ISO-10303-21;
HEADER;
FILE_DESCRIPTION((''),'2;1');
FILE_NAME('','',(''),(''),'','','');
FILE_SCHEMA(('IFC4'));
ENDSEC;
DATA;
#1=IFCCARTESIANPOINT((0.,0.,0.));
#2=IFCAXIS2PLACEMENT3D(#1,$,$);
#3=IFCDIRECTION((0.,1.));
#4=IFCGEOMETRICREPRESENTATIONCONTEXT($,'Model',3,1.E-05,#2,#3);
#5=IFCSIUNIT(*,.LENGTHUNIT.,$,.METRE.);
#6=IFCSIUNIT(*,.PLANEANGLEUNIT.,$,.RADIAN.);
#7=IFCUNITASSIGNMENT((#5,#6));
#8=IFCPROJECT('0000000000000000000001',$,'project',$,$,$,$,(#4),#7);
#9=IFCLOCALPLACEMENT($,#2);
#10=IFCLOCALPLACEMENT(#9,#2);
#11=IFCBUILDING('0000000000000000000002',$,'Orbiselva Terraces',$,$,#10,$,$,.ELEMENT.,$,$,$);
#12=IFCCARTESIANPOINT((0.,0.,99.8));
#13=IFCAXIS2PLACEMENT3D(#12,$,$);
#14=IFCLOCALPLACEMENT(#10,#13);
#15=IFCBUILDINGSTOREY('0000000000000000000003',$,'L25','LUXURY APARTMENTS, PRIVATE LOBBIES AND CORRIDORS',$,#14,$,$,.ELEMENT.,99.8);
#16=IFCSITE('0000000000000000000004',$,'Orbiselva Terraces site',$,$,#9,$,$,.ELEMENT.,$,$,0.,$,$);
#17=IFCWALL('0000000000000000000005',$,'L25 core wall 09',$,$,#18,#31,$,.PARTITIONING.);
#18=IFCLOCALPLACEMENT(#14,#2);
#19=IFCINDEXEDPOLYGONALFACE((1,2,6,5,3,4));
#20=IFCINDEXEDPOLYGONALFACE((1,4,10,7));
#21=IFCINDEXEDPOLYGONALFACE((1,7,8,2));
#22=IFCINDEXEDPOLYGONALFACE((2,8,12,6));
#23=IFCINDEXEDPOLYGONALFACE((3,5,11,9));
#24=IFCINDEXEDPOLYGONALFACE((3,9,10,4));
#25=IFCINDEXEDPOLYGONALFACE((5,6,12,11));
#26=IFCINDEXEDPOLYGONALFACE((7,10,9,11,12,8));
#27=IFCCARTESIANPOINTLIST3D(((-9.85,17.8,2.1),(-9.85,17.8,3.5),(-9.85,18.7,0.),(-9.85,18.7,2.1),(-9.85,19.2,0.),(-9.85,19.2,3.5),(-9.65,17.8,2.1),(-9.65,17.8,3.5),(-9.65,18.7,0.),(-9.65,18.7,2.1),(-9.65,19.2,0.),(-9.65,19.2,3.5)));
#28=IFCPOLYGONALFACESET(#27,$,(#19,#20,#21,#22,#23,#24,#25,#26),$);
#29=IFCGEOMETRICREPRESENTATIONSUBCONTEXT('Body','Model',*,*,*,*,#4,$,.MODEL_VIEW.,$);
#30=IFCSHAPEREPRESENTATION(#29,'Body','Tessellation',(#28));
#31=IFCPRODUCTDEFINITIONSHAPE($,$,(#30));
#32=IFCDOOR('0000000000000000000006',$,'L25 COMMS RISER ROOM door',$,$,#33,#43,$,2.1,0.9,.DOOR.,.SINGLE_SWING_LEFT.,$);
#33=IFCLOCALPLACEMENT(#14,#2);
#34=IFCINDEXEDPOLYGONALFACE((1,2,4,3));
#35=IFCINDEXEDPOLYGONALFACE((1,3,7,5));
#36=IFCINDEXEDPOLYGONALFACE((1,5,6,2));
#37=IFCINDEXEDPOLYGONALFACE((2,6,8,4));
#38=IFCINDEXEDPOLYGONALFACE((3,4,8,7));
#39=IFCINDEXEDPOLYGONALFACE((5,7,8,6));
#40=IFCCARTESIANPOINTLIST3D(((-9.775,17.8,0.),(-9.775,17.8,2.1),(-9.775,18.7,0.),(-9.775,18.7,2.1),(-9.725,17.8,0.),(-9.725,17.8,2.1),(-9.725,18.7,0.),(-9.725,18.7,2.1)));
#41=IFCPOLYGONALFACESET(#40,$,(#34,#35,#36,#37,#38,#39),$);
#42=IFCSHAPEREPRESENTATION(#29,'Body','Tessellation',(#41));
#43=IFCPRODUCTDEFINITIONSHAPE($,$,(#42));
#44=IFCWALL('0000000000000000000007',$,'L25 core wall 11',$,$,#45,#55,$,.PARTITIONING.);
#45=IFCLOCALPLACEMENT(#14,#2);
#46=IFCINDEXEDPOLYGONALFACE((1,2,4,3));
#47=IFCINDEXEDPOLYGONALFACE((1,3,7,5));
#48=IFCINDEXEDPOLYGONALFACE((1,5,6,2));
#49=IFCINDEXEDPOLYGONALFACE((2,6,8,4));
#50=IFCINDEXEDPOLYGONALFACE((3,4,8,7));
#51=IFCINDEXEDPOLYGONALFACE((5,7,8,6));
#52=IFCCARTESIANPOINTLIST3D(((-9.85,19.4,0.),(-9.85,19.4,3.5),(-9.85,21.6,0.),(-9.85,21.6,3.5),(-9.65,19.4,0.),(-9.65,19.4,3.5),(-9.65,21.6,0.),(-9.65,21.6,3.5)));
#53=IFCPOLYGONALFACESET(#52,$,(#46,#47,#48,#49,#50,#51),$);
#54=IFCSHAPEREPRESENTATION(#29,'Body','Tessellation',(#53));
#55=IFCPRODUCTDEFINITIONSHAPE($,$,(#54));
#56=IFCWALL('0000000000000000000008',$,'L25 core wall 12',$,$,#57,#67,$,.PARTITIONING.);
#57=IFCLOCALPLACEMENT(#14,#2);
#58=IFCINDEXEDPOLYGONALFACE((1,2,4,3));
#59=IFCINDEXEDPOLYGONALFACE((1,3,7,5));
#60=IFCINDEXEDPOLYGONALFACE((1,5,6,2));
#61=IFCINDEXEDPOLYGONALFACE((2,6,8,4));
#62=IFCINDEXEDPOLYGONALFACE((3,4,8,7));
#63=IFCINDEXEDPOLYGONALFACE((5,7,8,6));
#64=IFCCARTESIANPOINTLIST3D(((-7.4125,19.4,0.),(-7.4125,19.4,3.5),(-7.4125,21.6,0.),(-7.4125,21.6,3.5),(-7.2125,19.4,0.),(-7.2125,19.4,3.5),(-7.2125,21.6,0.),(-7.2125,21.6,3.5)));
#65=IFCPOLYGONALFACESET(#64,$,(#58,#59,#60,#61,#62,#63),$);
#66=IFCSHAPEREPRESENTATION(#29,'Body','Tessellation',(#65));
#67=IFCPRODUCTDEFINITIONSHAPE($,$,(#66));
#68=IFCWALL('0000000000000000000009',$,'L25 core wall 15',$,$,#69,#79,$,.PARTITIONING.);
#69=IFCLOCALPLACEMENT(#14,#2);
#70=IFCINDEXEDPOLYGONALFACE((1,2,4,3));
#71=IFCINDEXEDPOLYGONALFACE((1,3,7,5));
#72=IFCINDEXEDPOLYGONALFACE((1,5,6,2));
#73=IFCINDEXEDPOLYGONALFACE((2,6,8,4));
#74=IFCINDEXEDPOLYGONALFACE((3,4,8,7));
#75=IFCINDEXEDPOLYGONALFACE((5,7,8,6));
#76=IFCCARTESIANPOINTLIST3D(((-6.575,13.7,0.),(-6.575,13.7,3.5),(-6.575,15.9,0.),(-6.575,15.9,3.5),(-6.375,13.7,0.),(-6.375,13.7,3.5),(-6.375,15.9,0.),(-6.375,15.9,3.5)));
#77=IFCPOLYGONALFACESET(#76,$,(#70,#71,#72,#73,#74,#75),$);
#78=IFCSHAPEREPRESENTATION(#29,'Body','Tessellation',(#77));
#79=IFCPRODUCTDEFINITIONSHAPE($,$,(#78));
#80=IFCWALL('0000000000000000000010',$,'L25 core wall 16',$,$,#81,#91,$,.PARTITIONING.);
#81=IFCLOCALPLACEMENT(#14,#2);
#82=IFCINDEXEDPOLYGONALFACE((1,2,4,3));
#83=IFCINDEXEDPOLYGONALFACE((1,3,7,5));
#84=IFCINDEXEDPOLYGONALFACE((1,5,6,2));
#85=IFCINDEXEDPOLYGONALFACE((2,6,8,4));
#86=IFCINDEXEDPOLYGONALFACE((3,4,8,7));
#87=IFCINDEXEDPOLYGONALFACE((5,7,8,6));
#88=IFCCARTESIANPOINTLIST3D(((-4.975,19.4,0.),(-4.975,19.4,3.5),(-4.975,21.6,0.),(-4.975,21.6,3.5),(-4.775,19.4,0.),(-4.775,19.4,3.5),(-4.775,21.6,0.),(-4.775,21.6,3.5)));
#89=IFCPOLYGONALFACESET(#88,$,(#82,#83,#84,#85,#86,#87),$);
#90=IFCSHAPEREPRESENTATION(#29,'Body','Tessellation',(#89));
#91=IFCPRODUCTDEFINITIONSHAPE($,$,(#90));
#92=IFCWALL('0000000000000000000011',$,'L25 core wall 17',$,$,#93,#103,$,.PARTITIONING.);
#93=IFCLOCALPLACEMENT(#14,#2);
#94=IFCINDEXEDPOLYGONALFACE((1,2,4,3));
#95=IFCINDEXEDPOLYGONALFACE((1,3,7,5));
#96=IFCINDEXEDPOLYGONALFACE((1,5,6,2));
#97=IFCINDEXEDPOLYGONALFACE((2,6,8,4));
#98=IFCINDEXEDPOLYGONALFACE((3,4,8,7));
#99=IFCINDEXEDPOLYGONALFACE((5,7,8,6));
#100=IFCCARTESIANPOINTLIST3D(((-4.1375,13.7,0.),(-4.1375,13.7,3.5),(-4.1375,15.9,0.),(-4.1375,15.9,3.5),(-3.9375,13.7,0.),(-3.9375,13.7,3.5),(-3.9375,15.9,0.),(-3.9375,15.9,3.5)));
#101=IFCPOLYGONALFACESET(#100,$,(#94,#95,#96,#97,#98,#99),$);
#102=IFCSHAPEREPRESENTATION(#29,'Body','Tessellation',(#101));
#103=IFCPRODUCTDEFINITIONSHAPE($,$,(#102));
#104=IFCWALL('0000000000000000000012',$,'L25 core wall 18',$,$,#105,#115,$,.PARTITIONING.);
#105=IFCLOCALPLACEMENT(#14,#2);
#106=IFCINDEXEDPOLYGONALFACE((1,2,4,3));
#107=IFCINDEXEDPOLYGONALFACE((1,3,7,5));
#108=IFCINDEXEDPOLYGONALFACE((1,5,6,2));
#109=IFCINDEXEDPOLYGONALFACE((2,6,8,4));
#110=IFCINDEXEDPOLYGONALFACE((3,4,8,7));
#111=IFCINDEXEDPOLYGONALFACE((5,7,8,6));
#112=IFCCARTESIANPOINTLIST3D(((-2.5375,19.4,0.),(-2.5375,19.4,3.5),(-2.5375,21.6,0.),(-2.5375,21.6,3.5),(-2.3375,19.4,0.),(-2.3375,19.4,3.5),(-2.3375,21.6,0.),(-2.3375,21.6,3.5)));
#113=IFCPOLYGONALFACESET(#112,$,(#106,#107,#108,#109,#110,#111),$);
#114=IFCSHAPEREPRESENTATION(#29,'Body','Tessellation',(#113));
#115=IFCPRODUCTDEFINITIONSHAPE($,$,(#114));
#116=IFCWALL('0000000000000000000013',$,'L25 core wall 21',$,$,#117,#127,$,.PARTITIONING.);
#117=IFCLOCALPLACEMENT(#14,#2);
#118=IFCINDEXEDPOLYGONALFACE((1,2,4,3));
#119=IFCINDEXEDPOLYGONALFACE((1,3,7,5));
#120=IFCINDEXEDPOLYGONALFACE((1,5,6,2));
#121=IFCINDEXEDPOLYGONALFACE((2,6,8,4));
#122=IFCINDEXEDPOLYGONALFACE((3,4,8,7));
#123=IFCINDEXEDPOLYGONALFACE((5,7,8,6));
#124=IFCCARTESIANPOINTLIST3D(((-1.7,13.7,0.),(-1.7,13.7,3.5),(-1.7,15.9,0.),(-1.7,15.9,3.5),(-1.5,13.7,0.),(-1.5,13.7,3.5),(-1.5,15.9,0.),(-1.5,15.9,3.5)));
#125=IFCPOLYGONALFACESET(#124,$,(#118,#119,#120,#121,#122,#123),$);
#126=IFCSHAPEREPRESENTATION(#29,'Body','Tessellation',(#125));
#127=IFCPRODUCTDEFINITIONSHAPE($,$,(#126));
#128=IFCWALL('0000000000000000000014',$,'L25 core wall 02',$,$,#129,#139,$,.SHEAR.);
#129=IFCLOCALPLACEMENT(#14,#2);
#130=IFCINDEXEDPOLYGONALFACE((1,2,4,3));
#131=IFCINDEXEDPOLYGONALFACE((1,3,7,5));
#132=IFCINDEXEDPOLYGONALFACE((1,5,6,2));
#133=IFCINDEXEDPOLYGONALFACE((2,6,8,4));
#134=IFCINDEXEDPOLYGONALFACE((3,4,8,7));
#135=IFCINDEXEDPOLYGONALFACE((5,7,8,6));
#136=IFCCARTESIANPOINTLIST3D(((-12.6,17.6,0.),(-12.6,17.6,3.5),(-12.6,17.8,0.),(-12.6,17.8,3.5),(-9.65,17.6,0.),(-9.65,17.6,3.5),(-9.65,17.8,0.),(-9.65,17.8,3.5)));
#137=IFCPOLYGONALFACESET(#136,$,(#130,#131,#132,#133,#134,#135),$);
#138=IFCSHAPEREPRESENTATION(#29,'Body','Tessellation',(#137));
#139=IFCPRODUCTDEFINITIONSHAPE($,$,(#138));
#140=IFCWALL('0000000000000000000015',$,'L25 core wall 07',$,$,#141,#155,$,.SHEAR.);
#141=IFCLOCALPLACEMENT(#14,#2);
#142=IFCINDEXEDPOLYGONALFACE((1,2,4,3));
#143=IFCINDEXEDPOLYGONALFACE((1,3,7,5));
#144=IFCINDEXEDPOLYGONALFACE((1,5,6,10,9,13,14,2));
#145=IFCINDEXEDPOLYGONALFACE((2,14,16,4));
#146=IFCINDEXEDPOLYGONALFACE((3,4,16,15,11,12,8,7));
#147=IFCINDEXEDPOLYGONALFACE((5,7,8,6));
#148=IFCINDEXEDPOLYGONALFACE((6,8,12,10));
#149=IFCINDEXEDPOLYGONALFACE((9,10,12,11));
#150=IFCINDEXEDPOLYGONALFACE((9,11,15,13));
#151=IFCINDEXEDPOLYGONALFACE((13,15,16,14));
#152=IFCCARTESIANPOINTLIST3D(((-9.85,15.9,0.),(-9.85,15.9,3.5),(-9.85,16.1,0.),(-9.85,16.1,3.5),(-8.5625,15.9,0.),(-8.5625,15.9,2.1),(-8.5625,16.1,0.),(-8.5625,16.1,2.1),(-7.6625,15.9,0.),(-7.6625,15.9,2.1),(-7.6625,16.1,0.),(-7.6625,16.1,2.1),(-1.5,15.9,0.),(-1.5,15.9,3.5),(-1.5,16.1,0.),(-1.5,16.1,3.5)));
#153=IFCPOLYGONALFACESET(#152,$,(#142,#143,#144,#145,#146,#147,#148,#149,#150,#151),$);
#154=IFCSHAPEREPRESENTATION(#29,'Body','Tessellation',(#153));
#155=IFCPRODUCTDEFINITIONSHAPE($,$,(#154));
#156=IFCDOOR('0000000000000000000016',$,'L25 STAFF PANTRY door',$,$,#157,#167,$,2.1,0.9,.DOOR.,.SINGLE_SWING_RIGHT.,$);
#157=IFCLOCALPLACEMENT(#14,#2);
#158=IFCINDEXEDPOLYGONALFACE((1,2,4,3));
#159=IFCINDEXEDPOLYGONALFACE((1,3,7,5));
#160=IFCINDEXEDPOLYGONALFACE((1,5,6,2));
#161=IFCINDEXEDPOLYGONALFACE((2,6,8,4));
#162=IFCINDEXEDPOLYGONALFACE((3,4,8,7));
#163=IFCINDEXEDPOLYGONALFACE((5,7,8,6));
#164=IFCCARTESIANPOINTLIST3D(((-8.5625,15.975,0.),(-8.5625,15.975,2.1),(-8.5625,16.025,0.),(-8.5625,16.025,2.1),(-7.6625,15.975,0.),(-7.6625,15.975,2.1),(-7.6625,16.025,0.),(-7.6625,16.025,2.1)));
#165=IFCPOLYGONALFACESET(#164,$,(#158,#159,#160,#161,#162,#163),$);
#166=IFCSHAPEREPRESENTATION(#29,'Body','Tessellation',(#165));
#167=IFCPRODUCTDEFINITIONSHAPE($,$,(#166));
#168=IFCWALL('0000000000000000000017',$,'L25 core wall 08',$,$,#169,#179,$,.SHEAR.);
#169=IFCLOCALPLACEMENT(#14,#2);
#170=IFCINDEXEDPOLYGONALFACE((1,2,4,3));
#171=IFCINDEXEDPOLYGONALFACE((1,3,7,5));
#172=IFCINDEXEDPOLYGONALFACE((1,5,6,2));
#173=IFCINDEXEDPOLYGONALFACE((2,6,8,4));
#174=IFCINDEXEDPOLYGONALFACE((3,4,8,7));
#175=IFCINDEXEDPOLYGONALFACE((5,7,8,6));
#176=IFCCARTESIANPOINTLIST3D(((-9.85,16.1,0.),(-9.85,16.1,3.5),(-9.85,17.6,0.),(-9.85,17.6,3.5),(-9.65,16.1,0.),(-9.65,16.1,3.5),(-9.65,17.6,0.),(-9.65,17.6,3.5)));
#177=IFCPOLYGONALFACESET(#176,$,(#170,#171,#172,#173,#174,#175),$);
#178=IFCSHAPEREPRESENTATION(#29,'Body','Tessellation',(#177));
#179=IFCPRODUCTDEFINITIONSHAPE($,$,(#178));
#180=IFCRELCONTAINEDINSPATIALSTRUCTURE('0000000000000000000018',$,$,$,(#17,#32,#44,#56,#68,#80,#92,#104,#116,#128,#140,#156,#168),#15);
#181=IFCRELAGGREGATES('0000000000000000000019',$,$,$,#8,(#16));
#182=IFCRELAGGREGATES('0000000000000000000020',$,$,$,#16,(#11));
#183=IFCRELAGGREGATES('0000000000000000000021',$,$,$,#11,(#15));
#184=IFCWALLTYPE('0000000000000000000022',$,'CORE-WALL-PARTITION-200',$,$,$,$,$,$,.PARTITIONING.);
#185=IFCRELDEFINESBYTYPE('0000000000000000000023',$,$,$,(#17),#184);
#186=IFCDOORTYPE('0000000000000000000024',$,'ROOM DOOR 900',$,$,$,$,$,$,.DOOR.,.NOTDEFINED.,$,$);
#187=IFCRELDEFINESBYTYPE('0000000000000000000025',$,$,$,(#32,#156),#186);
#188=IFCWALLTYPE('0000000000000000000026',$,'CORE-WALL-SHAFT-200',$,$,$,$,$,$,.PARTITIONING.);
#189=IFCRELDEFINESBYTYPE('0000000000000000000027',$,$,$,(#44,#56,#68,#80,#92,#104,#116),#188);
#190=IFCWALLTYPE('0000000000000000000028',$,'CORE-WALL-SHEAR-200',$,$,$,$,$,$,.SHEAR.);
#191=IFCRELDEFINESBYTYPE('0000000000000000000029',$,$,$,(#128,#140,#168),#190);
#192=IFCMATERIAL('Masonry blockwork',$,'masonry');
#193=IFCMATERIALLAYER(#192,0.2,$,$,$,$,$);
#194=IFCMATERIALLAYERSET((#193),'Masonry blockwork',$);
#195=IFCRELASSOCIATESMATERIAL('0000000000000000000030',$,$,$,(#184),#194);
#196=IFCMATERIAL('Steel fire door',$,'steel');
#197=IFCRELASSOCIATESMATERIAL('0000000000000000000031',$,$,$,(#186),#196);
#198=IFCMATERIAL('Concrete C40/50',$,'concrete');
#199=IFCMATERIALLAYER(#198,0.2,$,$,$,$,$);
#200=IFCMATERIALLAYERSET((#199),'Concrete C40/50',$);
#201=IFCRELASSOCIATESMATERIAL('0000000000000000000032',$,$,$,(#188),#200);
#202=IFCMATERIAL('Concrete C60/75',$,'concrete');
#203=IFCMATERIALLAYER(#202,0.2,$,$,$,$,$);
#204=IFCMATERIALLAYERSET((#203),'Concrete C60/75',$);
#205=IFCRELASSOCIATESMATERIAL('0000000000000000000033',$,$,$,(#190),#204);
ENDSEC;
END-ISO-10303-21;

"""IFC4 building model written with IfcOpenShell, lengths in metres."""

from ifc_helpers import new_model, si_unit, direction, frame, frame_2d, origin, place, context, subcontext, project, spatial, rectangle, extrude, material, layer, layer_set, type_object, element, fill, save


model = new_model("IFC4")

# Units and contexts
model_context = context("Model", 3, precision=1e-05, world=origin(), true_north=direction((0.0, 1.0)))
body_context = subcontext(model_context, "Body", "Model", "MODEL_VIEW")
ifc_project = project(units=[si_unit("LENGTHUNIT", "METRE"), si_unit("PLANEANGLEUNIT", "RADIAN")], contexts=[model_context])

# Site, building, storey
site_placement = place(None, origin())
site = spatial("IfcSite", under=ifc_project, at=site_placement, Name="Orbiselva Terraces site", CompositionType="ELEMENT", RefElevation=0.0)
building_placement = place(site_placement, origin())
building = spatial("IfcBuilding", under=site, at=building_placement, Name="Orbiselva Terraces", CompositionType="ELEMENT")
storey_placement = place(building_placement, frame((0.0, 0.0, 99.8)))
storey = spatial("IfcBuildingStorey", under=building, at=storey_placement, Name="L25", Description="LUXURY APARTMENTS, PRIVATE LOBBIES AND CORRIDORS", CompositionType="ELEMENT", Elevation=99.8)

# Wall, opening, door
ifc_material_1 = material(Name="Masonry blockwork", Category="masonry")
ifc_layer_1 = layer(ifc_material_1, 0.2)
ifc_layer_set_1 = layer_set([ifc_layer_1], Name="Masonry blockwork")
wall_type_1 = type_object("IfcWallType", Name="CORE-WALL-PARTITION-200", PredefinedType="PARTITIONING", material=ifc_layer_set_1)
wall_1_placement = place(storey_placement, frame((-9.75, 17.8, 0.0), z_axis=(0.0, 0.0, 1.0), x_axis=(0.0, 1.0, 0.0)))
wall_1 = element("IfcWall", 1, at=wall_1_placement, inside=storey, type_object=wall_type_1, Name="L25 core wall 09", PredefinedType="PARTITIONING", context=body_context, shape_type="SweptSolid", body=[
    extrude(rectangle(XDim=1.4, YDim=0.2, at=frame_2d((0.7, 0.0))), origin(), (0.0, 0.0, 1.0), 3.5),
])
opening_1_placement = place(wall_1_placement, origin())
opening_1 = element("IfcOpeningElement", 2, at=opening_1_placement, cuts=wall_1, PredefinedType="OPENING", context=body_context, shape_type="SweptSolid", body=[
    extrude(rectangle(XDim=0.9, YDim=2.1, at=frame_2d((0.45, 1.05))), frame((0.0, 0.11, 0.0), z_axis=(0.0, -1.0, 0.0), x_axis=(1.0, 0.0, 0.0)), (0.0, 0.0, 1.0), 0.22),
])
ifc_material_2 = material(Name="Steel fire door", Category="steel")
door_type_1 = type_object("IfcDoorType", Name="ROOM DOOR 900", OperationType="NOTDEFINED", PredefinedType="DOOR", material=ifc_material_2)
door_1_placement = place(opening_1_placement, origin())
door_1 = element("IfcDoor", 3, at=door_1_placement, inside=storey, type_object=door_type_1, Name="L25 COMMS RISER ROOM door", OperationType="SINGLE_SWING_LEFT", OverallHeight=2.1, OverallWidth=0.9, PredefinedType="DOOR", context=body_context, shape_type="SweptSolid", body=[
    extrude(rectangle(XDim=0.9, YDim=2.1, at=frame_2d((0.45, 1.05))), frame((0.0, 0.025, 0.0), z_axis=(0.0, -1.0, 0.0), x_axis=(1.0, 0.0, 0.0)), (0.0, 0.0, 1.0), 0.05),
])
fill(opening_1, door_1)

# Walls
ifc_material_3 = material(Name="Concrete C40/50", Category="concrete")
ifc_layer_2 = layer(ifc_material_3, 0.2)
ifc_layer_set_2 = layer_set([ifc_layer_2], Name="Concrete C40/50")
wall_type_2 = type_object("IfcWallType", Name="CORE-WALL-SHAFT-200", PredefinedType="PARTITIONING", material=ifc_layer_set_2)
for number, where, z_axis, x_axis, name in (
    (4, (-9.75, 19.4, 0.0), (0.0, 0.0, 1.0), (0.0, 1.0, 0.0), "L25 core wall 11"),
    (5, (-7.3125, 19.4, 0.0), (0.0, 0.0, 1.0), (0.0, 1.0, 0.0), "L25 core wall 12"),
    (6, (-6.475, 13.7, 0.0), (0.0, 0.0, 1.0), (0.0, 1.0, 0.0), "L25 core wall 15"),
    (7, (-4.875, 19.4, 0.0), (0.0, 0.0, 1.0), (0.0, 1.0, 0.0), "L25 core wall 16"),
    (8, (-4.0375, 13.7, 0.0), (0.0, 0.0, 1.0), (0.0, 1.0, 0.0), "L25 core wall 17"),
    (9, (-2.4375, 19.4, 0.0), (0.0, 0.0, 1.0), (0.0, 1.0, 0.0), "L25 core wall 18"),
    (10, (-1.6, 13.7, 0.0), (0.0, 0.0, 1.0), (0.0, 1.0, 0.0), "L25 core wall 21"),
):
    element("IfcWall", number, at=place(storey_placement, frame(where, z_axis=z_axis, x_axis=x_axis)), inside=storey, type_object=wall_type_2, Name=name, PredefinedType="PARTITIONING", context=body_context, shape_type="SweptSolid", body=[
        extrude(rectangle(XDim=2.2, YDim=0.2, at=frame_2d((1.1, 0.0))), origin(), (0.0, 0.0, 1.0), 3.5),
    ])
ifc_material_4 = material(Name="Concrete C60/75", Category="concrete")
ifc_layer_3 = layer(ifc_material_4, 0.2)
ifc_layer_set_3 = layer_set([ifc_layer_3], Name="Concrete C60/75")
wall_type_3 = type_object("IfcWallType", Name="CORE-WALL-SHEAR-200", PredefinedType="SHEAR", material=ifc_layer_set_3)
wall_2_placement = place(storey_placement, frame((-12.6, 17.7, 0.0), z_axis=(0.0, 0.0, 1.0), x_axis=(1.0, 0.0, 0.0)))
element("IfcWall", 11, at=wall_2_placement, inside=storey, type_object=wall_type_3, Name="L25 core wall 02", PredefinedType="SHEAR", context=body_context, shape_type="SweptSolid", body=[
    extrude(rectangle(XDim=2.95, YDim=0.2, at=frame_2d((1.475, 0.0))), origin(), (0.0, 0.0, 1.0), 3.5),
])

# Wall, opening, door
wall_3_placement = place(storey_placement, frame((-1.5, 16.0, 0.0), z_axis=(0.0, 0.0, 1.0), x_axis=(-1.0, 0.0, 0.0)))
wall_3 = element("IfcWall", 12, at=wall_3_placement, inside=storey, type_object=wall_type_3, Name="L25 core wall 07", PredefinedType="SHEAR", context=body_context, shape_type="SweptSolid", body=[
    extrude(rectangle(XDim=8.35, YDim=0.2, at=frame_2d((4.175, 0.0))), origin(), (0.0, 0.0, 1.0), 3.5),
])
opening_2_placement = place(wall_3_placement, frame((6.1625, 0.0, 0.0)))
opening_2 = element("IfcOpeningElement", 13, at=opening_2_placement, cuts=wall_3, PredefinedType="OPENING", context=body_context, shape_type="SweptSolid", body=[
    extrude(rectangle(XDim=0.9, YDim=2.1, at=frame_2d((0.45, 1.05))), frame((0.0, 0.11, 0.0), z_axis=(0.0, -1.0, 0.0), x_axis=(1.0, 0.0, 0.0)), (0.0, 0.0, 1.0), 0.22),
])
door_2_placement = place(opening_2_placement, origin())
door_2 = element("IfcDoor", 14, at=door_2_placement, inside=storey, type_object=door_type_1, Name="L25 STAFF PANTRY door", OperationType="SINGLE_SWING_RIGHT", OverallHeight=2.1, OverallWidth=0.9, PredefinedType="DOOR", context=body_context, shape_type="SweptSolid", body=[
    extrude(rectangle(XDim=0.9, YDim=2.1, at=frame_2d((0.45, 1.05))), frame((0.0, 0.025, 0.0), z_axis=(0.0, -1.0, 0.0), x_axis=(1.0, 0.0, 0.0)), (0.0, 0.0, 1.0), 0.05),
])
fill(opening_2, door_2)

# Wall
wall_4_placement = place(storey_placement, frame((-9.75, 16.1, 0.0), z_axis=(0.0, 0.0, 1.0), x_axis=(0.0, 1.0, 0.0)))
element("IfcWall", 15, at=wall_4_placement, inside=storey, type_object=wall_type_3, Name="L25 core wall 08", PredefinedType="SHEAR", context=body_context, shape_type="SweptSolid", body=[
    extrude(rectangle(XDim=1.5, YDim=0.2, at=frame_2d((0.75, 0.0))), origin(), (0.0, 0.0, 1.0), 3.5),
])

save(model, "model.ifc")
